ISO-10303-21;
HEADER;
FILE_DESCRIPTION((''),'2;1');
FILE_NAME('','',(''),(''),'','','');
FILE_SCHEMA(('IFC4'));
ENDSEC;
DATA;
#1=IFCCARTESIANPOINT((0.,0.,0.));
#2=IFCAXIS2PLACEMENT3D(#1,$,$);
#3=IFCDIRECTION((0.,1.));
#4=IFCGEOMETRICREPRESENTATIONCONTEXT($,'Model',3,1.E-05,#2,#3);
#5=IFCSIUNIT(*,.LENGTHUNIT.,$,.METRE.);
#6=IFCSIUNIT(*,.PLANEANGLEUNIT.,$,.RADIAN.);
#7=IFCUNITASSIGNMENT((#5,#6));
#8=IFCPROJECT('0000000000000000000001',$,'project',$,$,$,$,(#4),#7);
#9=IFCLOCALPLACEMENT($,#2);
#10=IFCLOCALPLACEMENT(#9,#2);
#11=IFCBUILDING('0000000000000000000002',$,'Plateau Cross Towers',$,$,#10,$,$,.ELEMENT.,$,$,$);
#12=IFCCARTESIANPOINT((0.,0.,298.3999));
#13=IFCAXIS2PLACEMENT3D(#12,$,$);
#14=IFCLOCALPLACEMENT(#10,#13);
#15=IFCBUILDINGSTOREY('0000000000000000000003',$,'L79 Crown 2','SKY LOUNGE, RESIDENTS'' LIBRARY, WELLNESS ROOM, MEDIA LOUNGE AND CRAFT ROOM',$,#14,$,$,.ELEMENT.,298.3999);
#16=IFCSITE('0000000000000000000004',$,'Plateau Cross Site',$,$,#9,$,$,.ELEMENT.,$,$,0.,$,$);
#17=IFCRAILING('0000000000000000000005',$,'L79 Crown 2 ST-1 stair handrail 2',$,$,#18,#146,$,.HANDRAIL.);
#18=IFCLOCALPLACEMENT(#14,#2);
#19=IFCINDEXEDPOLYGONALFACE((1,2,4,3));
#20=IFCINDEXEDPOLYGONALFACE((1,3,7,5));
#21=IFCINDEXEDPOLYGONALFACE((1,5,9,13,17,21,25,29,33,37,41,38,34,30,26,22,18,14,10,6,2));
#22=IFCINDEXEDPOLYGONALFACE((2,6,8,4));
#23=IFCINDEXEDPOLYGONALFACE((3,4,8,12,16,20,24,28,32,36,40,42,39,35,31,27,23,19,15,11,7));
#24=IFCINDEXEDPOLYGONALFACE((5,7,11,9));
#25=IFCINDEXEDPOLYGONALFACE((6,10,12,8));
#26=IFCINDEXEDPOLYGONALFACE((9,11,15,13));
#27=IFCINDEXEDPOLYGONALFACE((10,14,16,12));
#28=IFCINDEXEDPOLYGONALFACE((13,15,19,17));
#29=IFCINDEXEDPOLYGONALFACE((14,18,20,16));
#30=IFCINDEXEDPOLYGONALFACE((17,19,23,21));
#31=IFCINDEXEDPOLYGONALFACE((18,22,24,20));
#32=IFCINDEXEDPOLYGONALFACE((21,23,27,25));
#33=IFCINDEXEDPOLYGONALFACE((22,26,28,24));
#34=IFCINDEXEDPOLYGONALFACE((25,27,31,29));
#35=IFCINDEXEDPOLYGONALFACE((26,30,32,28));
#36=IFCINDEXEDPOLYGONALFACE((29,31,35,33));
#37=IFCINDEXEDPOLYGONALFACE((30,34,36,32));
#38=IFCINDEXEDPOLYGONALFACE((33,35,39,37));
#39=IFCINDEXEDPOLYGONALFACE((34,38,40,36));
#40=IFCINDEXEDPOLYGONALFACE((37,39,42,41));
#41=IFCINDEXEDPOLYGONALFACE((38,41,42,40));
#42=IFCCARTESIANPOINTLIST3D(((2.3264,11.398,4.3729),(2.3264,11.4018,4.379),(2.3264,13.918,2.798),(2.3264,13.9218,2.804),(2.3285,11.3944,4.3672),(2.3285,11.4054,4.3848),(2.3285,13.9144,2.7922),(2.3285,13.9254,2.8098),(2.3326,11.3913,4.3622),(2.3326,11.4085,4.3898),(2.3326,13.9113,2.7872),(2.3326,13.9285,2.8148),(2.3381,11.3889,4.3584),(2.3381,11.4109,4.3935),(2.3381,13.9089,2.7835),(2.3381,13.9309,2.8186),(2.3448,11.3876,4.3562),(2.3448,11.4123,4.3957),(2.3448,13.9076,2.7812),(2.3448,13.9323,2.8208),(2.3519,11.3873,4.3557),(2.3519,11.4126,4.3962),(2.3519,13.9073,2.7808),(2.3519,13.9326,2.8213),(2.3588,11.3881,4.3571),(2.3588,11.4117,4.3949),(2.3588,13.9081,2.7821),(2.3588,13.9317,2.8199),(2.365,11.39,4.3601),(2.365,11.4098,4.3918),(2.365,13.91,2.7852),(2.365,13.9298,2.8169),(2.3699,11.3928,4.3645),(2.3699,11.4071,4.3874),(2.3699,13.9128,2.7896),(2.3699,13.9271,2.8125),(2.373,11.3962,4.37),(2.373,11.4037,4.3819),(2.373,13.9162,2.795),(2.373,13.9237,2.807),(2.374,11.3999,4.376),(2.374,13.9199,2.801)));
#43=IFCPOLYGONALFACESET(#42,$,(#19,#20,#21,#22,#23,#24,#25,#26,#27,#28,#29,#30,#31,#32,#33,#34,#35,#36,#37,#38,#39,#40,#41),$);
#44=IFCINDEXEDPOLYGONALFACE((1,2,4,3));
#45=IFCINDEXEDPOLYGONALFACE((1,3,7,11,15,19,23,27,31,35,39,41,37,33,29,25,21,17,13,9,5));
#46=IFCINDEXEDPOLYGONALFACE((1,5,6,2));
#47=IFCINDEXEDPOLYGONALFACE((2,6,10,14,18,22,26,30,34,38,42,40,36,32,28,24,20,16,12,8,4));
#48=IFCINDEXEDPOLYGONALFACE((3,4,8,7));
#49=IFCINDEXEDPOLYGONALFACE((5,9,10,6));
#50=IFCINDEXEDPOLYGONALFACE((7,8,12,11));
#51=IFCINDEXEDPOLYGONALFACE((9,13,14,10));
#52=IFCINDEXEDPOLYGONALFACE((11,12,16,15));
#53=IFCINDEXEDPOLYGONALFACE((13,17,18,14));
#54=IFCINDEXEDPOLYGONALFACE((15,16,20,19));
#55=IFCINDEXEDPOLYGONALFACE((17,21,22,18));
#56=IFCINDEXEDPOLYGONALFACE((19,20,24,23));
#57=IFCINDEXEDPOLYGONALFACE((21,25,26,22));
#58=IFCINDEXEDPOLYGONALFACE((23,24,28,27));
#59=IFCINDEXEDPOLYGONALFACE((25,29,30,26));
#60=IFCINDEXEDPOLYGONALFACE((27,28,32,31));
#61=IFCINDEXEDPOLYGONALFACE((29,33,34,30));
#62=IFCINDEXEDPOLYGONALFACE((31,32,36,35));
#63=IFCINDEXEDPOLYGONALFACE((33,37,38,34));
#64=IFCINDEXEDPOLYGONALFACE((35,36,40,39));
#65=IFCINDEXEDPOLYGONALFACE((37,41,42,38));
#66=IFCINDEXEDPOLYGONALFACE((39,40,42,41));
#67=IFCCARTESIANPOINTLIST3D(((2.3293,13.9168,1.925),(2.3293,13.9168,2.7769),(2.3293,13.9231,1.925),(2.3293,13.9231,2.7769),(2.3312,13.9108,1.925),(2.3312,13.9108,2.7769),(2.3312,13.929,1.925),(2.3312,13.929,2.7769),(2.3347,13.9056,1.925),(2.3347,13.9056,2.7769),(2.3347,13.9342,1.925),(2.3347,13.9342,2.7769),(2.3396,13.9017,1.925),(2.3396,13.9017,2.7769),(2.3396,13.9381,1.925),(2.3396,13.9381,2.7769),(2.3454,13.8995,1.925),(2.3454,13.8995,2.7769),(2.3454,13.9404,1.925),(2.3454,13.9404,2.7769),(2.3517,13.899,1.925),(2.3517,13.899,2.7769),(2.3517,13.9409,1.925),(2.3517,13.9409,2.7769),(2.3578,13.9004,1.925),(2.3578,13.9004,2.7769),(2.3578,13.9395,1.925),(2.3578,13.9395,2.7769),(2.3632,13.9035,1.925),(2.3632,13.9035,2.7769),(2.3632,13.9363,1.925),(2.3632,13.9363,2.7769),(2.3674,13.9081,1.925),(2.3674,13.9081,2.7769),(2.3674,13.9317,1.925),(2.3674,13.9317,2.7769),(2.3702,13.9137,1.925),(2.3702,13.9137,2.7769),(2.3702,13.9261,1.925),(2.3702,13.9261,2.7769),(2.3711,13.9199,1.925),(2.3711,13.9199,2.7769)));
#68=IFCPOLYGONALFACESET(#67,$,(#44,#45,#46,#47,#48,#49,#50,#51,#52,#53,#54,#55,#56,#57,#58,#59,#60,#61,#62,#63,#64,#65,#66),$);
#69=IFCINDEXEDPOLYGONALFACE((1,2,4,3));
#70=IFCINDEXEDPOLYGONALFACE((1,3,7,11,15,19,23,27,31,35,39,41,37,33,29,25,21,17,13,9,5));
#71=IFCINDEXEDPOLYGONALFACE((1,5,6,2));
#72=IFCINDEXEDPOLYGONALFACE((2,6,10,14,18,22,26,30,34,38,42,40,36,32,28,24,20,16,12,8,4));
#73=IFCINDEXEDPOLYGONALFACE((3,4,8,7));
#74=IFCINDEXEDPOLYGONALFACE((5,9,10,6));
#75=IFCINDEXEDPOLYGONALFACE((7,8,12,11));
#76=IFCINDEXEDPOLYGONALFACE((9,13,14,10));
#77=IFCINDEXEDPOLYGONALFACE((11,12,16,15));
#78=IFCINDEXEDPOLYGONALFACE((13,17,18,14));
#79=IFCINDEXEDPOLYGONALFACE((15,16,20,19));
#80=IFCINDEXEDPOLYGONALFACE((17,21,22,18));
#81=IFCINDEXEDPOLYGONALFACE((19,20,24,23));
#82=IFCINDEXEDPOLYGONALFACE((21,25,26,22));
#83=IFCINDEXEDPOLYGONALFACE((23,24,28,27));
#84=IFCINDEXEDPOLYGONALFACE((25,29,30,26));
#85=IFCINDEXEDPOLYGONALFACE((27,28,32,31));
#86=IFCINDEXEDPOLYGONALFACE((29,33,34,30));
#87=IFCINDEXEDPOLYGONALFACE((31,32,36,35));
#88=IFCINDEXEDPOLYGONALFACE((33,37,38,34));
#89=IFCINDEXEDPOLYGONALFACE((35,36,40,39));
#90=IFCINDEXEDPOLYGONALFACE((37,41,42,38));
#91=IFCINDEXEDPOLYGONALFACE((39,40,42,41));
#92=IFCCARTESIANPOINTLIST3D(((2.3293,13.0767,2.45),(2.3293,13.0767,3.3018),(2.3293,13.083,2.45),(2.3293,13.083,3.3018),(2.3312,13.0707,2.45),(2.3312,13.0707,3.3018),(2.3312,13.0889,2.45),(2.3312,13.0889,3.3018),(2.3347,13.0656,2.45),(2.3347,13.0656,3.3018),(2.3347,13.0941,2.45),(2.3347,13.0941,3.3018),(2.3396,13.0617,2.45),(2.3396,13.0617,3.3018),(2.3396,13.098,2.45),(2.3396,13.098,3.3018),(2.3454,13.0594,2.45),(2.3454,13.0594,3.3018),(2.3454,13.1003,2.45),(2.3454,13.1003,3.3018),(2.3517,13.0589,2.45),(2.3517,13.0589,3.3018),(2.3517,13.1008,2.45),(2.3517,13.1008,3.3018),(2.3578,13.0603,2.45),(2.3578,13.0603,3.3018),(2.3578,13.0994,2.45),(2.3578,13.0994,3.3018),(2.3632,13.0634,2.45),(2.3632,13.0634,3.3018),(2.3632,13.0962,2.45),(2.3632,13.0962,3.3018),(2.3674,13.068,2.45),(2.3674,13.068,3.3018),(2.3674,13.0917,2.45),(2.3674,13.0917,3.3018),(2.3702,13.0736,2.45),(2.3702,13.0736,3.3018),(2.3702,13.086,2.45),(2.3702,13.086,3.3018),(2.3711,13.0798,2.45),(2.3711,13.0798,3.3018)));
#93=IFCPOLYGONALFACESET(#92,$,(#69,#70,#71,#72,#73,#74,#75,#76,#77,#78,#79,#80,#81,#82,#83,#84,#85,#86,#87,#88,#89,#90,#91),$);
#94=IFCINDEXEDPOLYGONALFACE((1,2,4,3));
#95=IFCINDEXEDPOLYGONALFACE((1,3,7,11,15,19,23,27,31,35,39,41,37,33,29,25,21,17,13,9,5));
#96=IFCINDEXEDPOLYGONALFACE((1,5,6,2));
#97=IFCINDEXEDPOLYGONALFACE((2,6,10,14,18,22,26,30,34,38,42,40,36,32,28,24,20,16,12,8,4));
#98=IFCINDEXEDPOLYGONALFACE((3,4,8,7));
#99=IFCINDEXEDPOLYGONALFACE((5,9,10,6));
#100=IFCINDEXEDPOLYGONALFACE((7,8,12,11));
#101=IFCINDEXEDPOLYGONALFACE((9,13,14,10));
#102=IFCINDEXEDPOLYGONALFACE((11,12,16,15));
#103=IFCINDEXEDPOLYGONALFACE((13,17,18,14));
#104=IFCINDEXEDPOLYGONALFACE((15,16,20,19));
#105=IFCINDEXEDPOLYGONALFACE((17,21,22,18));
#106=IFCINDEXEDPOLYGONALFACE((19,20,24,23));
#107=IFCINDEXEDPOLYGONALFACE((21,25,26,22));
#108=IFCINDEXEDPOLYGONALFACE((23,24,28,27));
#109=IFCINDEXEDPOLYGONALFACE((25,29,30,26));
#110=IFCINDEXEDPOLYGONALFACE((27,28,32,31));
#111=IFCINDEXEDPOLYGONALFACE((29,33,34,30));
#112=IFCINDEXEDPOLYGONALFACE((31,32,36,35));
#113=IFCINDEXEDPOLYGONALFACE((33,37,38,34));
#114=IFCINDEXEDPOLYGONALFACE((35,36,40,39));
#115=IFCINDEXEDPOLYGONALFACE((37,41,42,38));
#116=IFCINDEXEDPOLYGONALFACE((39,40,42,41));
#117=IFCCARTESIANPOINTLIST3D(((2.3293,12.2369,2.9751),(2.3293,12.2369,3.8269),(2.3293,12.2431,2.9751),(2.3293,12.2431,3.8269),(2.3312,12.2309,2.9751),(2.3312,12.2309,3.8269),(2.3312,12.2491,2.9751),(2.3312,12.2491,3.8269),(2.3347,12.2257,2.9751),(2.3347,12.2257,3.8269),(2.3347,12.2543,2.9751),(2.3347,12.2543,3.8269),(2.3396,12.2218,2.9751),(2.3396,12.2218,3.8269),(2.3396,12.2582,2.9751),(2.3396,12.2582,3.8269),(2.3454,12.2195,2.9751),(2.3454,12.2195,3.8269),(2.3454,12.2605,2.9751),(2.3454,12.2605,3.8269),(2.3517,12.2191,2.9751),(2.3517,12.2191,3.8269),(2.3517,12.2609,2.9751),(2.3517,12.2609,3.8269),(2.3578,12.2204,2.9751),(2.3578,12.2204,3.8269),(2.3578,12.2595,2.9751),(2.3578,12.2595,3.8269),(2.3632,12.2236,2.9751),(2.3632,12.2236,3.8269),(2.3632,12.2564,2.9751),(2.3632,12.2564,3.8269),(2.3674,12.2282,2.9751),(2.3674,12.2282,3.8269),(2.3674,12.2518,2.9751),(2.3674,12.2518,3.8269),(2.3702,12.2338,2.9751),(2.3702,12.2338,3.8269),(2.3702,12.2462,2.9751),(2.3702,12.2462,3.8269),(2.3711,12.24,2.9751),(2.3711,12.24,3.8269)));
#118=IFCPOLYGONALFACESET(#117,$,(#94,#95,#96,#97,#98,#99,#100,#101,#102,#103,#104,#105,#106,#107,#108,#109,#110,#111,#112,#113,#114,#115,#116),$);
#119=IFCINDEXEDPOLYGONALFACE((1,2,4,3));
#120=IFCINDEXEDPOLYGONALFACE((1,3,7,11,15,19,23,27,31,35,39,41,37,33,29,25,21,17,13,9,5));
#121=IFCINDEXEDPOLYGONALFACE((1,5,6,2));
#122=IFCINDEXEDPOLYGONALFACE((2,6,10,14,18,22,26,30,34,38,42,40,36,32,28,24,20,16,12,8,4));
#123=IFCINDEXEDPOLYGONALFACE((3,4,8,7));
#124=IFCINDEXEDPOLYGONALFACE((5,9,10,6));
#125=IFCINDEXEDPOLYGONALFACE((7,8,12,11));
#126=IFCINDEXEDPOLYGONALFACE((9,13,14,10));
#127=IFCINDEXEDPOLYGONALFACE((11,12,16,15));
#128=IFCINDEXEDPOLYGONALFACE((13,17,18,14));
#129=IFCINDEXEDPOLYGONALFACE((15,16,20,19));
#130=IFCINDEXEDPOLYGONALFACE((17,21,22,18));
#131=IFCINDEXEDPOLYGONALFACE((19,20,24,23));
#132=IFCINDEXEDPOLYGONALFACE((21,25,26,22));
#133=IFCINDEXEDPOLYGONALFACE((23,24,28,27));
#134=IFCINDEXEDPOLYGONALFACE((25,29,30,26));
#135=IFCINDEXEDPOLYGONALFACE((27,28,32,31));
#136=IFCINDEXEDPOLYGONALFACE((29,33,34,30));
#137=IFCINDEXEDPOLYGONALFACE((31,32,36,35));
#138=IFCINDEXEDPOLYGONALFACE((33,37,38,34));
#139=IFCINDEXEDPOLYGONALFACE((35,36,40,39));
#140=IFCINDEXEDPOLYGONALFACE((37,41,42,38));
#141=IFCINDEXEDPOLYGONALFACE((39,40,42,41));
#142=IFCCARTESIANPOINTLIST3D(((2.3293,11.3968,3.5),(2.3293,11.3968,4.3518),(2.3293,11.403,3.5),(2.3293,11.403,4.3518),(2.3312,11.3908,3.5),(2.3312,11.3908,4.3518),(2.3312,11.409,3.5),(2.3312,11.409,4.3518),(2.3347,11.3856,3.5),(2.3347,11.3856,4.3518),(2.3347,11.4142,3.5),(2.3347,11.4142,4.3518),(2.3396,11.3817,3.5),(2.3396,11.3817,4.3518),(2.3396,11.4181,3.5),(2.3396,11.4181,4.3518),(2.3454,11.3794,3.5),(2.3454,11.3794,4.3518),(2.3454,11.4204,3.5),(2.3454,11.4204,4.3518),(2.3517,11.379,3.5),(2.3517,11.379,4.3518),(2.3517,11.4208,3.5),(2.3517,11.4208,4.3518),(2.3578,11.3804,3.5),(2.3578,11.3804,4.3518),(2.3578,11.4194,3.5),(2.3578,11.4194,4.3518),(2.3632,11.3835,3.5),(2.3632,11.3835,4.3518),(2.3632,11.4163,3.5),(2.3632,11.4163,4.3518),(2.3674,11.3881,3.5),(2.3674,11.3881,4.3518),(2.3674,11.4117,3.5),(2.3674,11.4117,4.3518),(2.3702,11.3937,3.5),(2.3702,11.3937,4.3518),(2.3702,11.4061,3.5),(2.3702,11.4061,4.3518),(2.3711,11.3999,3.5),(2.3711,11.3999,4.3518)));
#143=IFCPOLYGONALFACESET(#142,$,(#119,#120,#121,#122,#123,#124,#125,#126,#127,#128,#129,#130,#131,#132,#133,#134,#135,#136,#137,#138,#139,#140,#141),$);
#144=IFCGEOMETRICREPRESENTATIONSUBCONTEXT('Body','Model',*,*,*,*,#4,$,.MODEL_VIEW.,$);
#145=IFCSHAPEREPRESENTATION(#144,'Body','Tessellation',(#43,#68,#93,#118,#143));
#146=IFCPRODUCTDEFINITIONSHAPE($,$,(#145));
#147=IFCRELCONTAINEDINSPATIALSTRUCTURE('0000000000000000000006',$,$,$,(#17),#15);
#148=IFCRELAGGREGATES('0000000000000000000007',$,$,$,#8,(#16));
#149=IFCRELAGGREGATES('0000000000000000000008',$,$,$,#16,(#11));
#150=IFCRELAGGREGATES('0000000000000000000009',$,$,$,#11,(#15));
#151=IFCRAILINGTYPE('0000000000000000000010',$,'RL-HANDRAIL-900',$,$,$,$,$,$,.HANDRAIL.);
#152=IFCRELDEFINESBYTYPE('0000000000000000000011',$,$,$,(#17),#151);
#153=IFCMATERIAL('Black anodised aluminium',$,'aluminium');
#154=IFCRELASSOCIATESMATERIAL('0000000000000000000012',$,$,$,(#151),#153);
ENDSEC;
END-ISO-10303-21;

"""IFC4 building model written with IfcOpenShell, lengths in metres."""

from ifc_helpers import new_model, si_unit, direction, frame, origin, origin_2d, place, context, subcontext, project, spatial, circle, extrude, material, type_object, element, save


model = new_model("IFC4")

# Units and contexts
model_context = context("Model", 3, precision=1e-05, world=origin(), true_north=direction((0.0, 1.0)))
body_context = subcontext(model_context, "Body", "Model", "MODEL_VIEW")
ifc_project = project(units=[si_unit("LENGTHUNIT", "METRE"), si_unit("PLANEANGLEUNIT", "RADIAN")], contexts=[model_context])

# Site, building, storey
site_placement = place(None, origin())
site = spatial("IfcSite", under=ifc_project, at=site_placement, Name="Plateau Cross Site", CompositionType="ELEMENT", RefElevation=0.0)
building_placement = place(site_placement, origin())
building = spatial("IfcBuilding", under=site, at=building_placement, Name="Plateau Cross Towers", CompositionType="ELEMENT")
storey_placement = place(building_placement, frame((0.0, 0.0, 298.3999)))
storey = spatial("IfcBuildingStorey", under=building, at=storey_placement, Name="L79 Crown 2", Description="SKY LOUNGE, RESIDENTS' LIBRARY, WELLNESS ROOM, MEDIA LOUNGE AND CRAFT ROOM", CompositionType="ELEMENT", Elevation=298.3999)

# Shared definitions
ifc_material_1 = material(Name="Black anodised aluminium", Category="aluminium")

# Railing
railing_type_1 = type_object("IfcRailingType", Name="RL-HANDRAIL-900", PredefinedType="HANDRAIL", material=ifc_material_1)
railing_1_placement = place(storey_placement, frame((2.3501, 13.9199, 1.925)))
element("IfcRailing", 1, at=railing_1_placement, inside=storey, type_object=railing_type_1, Name="L79 Crown 2 ST-1 stair handrail 2", PredefinedType="HANDRAIL", context=body_context, shape_type="SweptSolid", body=[
    extrude(circle(Radius=0.0239, at=origin_2d()), frame((0.0, 0.0, 0.876), z_axis=(0.0, -0.848008, 0.529984), x_axis=(1.0, 0.0, 0.0)), (0.0, 0.0, 1.0), 2.9717),
    extrude(circle(Radius=0.021, at=origin_2d()), origin(), (0.0, 0.0, 1.0), 0.8518),
    extrude(circle(Radius=0.021, at=origin_2d()), frame((0.0, -0.8401, 0.5249)), (0.0, 0.0, 1.0), 0.8518),
    extrude(circle(Radius=0.021, at=origin_2d()), frame((0.0, -1.6799, 1.05)), (0.0, 0.0, 1.0), 0.8518),
    extrude(circle(Radius=0.021, at=origin_2d()), frame((0.0, -2.52, 1.575)), (0.0, 0.0, 1.0), 0.8518),
])

save(model, "model.ifc")
